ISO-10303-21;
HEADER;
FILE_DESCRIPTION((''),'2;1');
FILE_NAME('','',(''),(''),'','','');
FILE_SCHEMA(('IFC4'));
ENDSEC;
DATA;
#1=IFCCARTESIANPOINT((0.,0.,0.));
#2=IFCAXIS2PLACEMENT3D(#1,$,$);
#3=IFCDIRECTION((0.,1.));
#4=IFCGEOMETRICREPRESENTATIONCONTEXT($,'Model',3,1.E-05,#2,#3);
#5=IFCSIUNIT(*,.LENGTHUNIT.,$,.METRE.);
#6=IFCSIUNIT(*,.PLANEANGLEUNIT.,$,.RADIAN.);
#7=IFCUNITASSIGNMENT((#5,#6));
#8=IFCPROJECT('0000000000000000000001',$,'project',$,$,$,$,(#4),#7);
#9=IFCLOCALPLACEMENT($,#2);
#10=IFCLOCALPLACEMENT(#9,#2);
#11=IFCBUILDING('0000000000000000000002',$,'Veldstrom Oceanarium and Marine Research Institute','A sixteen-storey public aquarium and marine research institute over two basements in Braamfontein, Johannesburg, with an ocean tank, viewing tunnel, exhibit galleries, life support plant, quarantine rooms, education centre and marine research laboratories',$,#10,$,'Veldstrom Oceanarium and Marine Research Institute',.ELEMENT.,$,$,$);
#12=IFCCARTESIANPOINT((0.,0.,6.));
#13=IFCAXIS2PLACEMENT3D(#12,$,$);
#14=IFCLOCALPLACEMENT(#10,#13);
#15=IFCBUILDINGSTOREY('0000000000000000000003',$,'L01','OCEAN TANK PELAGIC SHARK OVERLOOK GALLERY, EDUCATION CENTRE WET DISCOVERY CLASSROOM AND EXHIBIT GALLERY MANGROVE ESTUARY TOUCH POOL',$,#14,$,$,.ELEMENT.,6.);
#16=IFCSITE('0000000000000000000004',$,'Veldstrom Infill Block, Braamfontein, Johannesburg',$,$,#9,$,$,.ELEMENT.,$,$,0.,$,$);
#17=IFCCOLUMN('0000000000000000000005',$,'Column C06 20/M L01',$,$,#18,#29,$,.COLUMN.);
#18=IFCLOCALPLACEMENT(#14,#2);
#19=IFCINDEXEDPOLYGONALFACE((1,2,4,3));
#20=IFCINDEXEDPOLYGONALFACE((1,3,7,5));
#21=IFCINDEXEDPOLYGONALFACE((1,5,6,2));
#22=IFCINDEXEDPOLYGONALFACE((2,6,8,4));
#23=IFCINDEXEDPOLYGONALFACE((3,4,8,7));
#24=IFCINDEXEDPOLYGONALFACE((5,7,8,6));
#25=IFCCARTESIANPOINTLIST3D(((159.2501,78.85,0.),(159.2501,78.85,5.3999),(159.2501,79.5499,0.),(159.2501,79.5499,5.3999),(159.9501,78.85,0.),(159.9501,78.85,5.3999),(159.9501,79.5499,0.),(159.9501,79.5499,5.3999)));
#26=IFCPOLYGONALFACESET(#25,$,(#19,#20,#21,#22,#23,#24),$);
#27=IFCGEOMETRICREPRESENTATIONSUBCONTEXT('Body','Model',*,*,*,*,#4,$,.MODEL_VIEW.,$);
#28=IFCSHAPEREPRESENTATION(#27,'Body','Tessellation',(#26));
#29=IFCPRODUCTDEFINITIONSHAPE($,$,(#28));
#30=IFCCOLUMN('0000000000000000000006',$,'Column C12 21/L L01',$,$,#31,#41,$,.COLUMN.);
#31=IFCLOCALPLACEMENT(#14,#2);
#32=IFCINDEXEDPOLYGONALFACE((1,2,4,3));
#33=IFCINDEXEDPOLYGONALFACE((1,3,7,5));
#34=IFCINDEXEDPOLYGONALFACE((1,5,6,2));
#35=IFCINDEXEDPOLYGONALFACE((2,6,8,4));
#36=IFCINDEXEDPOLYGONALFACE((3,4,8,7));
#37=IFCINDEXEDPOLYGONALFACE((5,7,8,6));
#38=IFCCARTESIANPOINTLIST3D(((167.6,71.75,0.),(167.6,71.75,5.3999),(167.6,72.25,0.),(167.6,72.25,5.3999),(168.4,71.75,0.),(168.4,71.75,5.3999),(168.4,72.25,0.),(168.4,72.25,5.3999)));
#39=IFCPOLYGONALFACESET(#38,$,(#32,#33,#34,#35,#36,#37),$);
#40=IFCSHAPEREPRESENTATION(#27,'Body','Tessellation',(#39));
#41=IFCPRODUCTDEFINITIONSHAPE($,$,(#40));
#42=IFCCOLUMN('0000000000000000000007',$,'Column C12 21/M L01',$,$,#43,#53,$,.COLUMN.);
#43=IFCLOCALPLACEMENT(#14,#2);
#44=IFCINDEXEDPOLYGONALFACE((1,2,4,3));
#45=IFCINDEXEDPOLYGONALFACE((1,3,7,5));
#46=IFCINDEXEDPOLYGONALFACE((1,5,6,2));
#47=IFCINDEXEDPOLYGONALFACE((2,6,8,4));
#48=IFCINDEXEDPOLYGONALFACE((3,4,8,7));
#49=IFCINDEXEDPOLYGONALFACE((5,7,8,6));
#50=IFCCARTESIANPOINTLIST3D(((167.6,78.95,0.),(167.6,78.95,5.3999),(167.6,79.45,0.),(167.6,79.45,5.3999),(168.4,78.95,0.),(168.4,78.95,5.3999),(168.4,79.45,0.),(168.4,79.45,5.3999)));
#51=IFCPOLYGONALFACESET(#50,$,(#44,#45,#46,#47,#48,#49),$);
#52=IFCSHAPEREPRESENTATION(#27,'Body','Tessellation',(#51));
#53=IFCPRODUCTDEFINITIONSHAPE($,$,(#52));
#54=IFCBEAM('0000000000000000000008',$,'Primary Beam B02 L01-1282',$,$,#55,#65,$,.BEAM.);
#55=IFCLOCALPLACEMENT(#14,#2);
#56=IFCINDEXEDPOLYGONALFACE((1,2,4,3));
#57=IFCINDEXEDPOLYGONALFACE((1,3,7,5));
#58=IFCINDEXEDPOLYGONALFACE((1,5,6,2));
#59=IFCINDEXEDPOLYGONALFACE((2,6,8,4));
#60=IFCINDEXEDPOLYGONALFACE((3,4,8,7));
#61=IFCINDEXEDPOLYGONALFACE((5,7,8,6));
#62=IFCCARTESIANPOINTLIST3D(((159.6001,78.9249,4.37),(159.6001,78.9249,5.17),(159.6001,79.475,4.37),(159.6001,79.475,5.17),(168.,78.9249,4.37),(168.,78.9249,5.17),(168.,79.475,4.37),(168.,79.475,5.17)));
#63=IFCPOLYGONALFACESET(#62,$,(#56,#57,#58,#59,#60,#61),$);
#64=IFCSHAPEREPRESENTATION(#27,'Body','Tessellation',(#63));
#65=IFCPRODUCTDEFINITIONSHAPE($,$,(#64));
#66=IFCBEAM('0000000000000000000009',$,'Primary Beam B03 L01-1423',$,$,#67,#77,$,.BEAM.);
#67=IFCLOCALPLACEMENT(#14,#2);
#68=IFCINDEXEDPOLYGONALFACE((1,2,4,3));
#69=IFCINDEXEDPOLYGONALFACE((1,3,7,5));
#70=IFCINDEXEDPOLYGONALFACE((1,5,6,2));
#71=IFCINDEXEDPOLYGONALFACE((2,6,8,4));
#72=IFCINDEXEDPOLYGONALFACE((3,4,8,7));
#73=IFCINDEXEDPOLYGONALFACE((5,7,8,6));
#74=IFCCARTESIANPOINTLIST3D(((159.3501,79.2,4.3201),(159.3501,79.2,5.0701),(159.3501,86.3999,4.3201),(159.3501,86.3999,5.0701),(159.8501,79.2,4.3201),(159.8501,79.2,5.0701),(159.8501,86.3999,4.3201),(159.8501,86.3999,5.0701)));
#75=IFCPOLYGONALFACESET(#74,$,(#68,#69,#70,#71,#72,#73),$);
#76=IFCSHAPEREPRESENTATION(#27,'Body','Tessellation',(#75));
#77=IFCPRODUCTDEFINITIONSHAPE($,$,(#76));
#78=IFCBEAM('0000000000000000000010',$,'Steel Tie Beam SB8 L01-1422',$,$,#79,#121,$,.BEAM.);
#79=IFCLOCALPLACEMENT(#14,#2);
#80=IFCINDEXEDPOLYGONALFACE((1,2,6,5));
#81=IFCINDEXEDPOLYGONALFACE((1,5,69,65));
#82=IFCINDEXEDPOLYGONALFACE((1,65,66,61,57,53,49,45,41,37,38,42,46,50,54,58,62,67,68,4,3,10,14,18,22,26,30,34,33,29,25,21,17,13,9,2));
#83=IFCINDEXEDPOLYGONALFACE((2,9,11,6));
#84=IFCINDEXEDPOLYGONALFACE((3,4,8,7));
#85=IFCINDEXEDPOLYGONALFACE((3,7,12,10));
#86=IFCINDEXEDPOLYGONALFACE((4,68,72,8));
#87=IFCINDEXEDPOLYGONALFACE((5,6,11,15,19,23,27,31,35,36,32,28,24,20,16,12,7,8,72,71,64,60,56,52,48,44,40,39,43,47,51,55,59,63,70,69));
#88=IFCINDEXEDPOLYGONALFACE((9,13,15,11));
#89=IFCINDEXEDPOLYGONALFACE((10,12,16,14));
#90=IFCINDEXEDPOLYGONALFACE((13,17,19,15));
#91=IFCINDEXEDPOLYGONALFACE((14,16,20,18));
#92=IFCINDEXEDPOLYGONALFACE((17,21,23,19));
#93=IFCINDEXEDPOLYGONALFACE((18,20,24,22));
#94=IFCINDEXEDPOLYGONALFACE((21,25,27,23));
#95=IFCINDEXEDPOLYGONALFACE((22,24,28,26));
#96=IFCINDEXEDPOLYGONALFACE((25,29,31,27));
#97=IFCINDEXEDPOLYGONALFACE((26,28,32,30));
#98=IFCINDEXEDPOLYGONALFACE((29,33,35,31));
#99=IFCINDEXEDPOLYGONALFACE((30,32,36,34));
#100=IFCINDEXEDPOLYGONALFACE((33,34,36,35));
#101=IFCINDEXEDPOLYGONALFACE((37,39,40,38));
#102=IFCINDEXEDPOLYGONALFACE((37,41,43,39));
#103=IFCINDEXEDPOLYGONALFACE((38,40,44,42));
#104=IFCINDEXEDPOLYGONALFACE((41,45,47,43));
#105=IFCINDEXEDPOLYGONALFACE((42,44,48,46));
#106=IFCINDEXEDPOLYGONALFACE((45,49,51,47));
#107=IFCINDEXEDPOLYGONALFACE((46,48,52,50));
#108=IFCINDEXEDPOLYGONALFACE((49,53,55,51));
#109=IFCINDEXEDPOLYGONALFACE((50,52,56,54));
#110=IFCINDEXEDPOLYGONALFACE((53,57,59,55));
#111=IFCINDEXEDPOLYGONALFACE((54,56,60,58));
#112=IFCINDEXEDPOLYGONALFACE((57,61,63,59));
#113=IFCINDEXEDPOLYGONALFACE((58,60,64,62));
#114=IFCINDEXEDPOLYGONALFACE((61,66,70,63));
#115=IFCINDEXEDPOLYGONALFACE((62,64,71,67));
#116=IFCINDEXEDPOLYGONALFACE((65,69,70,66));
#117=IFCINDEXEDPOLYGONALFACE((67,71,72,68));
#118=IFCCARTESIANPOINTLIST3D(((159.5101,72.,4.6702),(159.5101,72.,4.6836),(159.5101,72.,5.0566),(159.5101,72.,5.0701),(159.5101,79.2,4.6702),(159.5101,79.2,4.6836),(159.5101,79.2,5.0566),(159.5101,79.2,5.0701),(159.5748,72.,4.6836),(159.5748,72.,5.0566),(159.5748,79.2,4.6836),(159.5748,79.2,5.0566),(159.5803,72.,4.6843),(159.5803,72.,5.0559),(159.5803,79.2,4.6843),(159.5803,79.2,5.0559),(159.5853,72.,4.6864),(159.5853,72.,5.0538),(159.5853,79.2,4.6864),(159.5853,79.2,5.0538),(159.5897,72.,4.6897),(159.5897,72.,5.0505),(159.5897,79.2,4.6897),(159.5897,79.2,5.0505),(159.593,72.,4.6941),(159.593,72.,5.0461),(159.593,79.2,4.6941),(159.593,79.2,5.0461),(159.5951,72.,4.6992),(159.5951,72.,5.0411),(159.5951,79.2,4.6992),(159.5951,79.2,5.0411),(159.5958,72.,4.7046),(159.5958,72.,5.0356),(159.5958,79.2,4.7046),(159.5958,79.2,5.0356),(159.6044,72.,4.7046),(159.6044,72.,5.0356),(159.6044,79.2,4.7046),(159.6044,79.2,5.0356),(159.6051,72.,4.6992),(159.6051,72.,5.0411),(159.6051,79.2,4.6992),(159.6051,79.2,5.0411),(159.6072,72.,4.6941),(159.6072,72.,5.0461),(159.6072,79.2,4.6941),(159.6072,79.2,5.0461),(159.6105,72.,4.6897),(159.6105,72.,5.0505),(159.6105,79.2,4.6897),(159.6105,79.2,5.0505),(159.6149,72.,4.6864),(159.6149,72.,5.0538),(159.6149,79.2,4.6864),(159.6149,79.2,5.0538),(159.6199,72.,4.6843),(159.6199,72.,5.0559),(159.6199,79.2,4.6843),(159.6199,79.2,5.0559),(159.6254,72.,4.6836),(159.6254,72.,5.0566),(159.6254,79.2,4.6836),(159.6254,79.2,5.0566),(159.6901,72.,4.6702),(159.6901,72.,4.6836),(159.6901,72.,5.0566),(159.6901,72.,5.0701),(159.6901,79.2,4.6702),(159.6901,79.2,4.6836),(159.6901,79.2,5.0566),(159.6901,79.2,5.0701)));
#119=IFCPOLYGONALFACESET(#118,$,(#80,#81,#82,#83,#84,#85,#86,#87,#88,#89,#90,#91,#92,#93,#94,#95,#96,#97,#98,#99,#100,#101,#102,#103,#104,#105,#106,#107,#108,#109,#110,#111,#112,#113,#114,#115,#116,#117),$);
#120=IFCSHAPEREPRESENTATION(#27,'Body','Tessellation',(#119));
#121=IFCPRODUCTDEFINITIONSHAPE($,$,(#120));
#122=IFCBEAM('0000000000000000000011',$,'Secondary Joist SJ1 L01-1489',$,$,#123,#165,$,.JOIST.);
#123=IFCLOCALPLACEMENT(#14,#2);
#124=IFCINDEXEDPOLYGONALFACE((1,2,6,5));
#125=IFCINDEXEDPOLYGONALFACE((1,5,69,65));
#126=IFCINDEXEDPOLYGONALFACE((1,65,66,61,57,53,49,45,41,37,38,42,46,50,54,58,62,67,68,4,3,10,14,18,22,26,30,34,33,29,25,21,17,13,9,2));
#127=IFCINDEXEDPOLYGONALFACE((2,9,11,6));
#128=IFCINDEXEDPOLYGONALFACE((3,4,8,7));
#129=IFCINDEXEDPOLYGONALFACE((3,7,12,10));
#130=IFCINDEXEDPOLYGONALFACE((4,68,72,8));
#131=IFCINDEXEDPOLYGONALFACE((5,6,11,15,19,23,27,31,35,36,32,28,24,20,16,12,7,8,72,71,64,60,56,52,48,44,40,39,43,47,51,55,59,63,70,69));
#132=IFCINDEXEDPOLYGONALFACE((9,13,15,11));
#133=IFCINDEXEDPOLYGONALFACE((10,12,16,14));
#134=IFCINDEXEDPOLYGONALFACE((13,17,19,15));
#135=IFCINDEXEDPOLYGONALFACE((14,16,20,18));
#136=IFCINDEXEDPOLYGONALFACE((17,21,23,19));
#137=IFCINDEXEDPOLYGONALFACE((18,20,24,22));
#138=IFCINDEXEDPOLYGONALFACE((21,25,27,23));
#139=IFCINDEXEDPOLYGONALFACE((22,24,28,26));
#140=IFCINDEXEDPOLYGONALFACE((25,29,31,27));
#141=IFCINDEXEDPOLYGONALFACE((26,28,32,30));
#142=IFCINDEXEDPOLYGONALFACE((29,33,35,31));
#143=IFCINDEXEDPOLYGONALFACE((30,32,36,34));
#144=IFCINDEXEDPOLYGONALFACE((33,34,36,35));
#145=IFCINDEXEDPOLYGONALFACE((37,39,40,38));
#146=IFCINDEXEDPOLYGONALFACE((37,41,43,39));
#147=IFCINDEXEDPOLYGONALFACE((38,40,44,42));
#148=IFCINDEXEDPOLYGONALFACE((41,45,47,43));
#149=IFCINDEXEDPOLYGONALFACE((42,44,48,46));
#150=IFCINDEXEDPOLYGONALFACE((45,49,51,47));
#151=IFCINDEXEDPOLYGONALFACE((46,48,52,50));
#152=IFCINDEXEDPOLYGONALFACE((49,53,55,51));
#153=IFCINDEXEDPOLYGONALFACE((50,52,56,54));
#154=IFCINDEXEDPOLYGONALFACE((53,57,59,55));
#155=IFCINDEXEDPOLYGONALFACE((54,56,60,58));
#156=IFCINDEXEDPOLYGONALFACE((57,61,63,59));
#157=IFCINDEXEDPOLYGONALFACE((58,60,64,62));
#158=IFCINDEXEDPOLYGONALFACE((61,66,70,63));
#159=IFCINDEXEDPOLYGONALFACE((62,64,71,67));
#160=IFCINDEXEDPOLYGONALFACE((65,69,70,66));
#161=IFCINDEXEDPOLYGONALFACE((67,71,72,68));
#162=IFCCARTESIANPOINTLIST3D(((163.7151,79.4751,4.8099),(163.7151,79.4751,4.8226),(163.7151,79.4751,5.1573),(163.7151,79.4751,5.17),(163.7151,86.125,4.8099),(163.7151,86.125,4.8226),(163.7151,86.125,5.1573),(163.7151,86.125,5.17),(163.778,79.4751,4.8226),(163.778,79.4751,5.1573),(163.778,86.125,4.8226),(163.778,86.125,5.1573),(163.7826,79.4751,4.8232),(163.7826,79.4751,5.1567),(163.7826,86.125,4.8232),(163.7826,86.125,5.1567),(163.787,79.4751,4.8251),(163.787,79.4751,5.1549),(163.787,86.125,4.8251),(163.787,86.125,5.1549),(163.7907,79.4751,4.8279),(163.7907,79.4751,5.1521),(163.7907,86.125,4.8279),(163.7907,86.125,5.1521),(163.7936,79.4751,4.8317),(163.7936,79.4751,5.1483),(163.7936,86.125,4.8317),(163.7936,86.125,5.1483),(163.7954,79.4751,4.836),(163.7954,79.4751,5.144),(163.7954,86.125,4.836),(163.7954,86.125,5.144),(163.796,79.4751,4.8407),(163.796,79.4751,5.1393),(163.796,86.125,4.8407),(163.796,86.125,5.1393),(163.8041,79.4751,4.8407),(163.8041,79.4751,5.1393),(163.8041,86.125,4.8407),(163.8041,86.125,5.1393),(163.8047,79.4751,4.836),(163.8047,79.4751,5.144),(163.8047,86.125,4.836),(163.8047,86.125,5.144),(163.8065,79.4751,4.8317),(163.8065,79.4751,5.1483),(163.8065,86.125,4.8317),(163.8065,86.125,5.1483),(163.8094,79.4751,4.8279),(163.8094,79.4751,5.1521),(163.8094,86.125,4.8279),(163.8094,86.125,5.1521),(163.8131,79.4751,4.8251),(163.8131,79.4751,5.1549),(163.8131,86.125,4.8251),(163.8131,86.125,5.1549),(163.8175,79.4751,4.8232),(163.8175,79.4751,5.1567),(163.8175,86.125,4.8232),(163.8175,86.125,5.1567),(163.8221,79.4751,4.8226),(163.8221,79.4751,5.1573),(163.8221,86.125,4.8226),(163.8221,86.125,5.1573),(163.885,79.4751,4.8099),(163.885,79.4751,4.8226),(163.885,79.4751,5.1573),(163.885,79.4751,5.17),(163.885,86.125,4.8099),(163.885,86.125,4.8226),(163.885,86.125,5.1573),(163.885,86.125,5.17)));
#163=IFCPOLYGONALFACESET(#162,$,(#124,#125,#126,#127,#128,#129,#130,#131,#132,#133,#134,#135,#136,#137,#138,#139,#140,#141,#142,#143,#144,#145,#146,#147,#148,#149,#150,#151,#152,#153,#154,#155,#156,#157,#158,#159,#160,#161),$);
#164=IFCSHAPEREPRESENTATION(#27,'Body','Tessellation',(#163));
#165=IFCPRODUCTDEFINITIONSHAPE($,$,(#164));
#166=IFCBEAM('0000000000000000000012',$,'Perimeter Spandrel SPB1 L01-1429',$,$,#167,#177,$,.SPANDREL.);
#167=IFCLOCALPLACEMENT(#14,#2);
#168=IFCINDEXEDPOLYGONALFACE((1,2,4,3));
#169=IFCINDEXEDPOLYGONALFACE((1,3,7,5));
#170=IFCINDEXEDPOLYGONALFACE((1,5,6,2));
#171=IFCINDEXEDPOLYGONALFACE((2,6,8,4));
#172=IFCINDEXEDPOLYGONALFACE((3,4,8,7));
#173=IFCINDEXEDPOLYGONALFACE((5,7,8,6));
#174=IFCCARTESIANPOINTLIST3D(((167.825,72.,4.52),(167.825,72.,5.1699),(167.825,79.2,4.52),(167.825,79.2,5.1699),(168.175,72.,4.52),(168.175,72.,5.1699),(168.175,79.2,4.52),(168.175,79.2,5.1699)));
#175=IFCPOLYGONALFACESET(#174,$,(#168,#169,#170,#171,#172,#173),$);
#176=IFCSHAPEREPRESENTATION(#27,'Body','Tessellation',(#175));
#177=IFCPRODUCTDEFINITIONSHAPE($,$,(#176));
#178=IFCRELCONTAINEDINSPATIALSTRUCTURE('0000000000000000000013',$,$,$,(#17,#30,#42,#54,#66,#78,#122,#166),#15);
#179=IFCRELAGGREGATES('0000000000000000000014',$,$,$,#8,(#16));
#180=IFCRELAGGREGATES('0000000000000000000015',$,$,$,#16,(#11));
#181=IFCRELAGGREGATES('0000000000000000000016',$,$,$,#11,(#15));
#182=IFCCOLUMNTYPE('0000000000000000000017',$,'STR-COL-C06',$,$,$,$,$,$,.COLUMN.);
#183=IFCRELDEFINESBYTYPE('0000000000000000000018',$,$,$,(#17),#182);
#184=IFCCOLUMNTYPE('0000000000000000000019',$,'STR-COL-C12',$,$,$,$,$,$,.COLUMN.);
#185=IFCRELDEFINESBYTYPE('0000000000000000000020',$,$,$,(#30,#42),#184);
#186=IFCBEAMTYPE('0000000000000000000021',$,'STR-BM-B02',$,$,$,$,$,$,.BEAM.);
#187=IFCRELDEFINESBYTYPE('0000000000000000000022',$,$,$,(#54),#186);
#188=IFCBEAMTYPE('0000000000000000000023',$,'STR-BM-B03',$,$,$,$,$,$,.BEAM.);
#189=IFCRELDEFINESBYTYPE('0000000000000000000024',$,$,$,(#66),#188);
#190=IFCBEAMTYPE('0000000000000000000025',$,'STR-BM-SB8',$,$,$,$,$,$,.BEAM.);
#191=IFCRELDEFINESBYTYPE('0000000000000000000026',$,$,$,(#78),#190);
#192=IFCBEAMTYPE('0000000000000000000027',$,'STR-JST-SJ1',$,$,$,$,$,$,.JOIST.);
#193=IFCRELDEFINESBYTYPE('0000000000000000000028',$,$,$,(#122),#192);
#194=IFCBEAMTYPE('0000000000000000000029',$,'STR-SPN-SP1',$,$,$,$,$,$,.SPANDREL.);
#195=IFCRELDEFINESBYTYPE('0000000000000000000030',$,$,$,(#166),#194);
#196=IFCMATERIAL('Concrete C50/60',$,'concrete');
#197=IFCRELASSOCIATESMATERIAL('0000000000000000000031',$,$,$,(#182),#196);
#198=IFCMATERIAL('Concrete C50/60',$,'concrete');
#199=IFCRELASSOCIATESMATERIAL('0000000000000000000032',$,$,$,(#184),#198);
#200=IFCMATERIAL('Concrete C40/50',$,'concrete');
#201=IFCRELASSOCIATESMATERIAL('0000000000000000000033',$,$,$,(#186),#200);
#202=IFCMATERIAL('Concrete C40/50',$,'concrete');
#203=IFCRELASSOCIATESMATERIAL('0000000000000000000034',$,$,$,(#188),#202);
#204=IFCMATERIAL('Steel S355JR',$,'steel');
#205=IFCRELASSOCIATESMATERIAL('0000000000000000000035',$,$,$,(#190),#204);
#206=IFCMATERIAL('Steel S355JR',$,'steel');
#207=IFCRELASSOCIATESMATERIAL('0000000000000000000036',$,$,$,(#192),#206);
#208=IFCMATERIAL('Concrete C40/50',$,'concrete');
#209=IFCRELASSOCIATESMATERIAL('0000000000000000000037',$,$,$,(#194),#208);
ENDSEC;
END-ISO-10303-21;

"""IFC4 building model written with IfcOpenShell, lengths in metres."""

from ifc_helpers import new_model, si_unit, direction, frame, origin, origin_2d, place, context, subcontext, project, spatial, rectangle, i_section, extrude, material, material_profile, profile_set, type_object, element, save


model = new_model("IFC4")

# Units and contexts
model_context = context("Model", 3, precision=1e-05, world=origin(), true_north=direction((0.0, 1.0)))
body_context = subcontext(model_context, "Body", "Model", "MODEL_VIEW")
ifc_project = project(units=[si_unit("LENGTHUNIT", "METRE"), si_unit("PLANEANGLEUNIT", "RADIAN")], contexts=[model_context])

# Site, building, storey
site_placement = place(None, origin())
site = spatial("IfcSite", under=ifc_project, at=site_placement, Name="Veldstrom Infill Block, Braamfontein, Johannesburg", CompositionType="ELEMENT", RefElevation=0.0)
building_placement = place(site_placement, origin())
building = spatial("IfcBuilding", under=site, at=building_placement, Name="Veldstrom Oceanarium and Marine Research Institute", Description="A sixteen-storey public aquarium and marine research institute over two basements in Braamfontein, Johannesburg, with an ocean tank, viewing tunnel, exhibit galleries, life support plant, quarantine rooms, education centre and marine research laboratories", LongName="Veldstrom Oceanarium and Marine Research Institute", CompositionType="ELEMENT")
storey_placement = place(building_placement, frame((0.0, 0.0, 6.0)))
storey = spatial("IfcBuildingStorey", under=building, at=storey_placement, Name="L01", Description="OCEAN TANK PELAGIC SHARK OVERLOOK GALLERY, EDUCATION CENTRE WET DISCOVERY CLASSROOM AND EXHIBIT GALLERY MANGROVE ESTUARY TOUCH POOL", CompositionType="ELEMENT", Elevation=6.0)

# Columns
ifc_material_1 = material(Name="Concrete C50/60", Category="concrete")
ifc_material_profile_1 = material_profile(ifc_material_1, rectangle(XDim=0.7, YDim=0.7, at=origin_2d()), Name="RC-COL-700x700")
ifc_profile_set_1 = profile_set([ifc_material_profile_1], Name="Concrete C50/60")
column_type_1 = type_object("IfcColumnType", Name="STR-COL-C06", PredefinedType="COLUMN", material=ifc_profile_set_1)
column_placement = place(storey_placement, frame((159.6001, 79.2, 0.0), z_axis=(0.0, 0.0, 1.0), x_axis=(1.0, 0.0, 0.0)))
element("IfcColumn", 1, at=column_placement, inside=storey, type_object=column_type_1, Name="Column C06 20/M L01", PredefinedType="COLUMN", context=body_context, shape_type="SweptSolid", body=[
    extrude(rectangle(XDim=0.7, YDim=0.7, at=origin_2d()), origin(), (0.0, 0.0, 1.0), 5.3999),
])
ifc_material_2 = material(Name="Concrete C50/60", Category="concrete")
ifc_material_profile_2 = material_profile(ifc_material_2, rectangle(XDim=0.5, YDim=0.8, at=origin_2d()), Name="RC-COL-800x500")
ifc_profile_set_2 = profile_set([ifc_material_profile_2], Name="Concrete C50/60")
column_type_2 = type_object("IfcColumnType", Name="STR-COL-C12", PredefinedType="COLUMN", material=ifc_profile_set_2)
for number, where, z_axis, x_axis, name in (
    (2, (168.0, 72.0, 0.0), (0.0, 0.0, 1.0), (0.0, 1.0, 0.0), "Column C12 21/L L01"),
    (3, (168.0, 79.2, 0.0), (0.0, 0.0, 1.0), (0.0, 1.0, 0.0), "Column C12 21/M L01"),
):
    element("IfcColumn", number, at=place(storey_placement, frame(where, z_axis=z_axis, x_axis=x_axis)), inside=storey, type_object=column_type_2, Name=name, PredefinedType="COLUMN", context=body_context, shape_type="SweptSolid", body=[
        extrude(rectangle(XDim=0.5, YDim=0.8, at=origin_2d()), origin(), (0.0, 0.0, 1.0), 5.3999),
    ])

# Beams
ifc_material_3 = material(Name="Concrete C40/50", Category="concrete")
ifc_material_profile_3 = material_profile(ifc_material_3, rectangle(XDim=0.55, YDim=0.8, at=origin_2d()), Name="RC-BM-550x800")
ifc_profile_set_3 = profile_set([ifc_material_profile_3], Name="Concrete C40/50")
beam_type_1 = type_object("IfcBeamType", Name="STR-BM-B02", PredefinedType="BEAM", material=ifc_profile_set_3)
beam_1_placement = place(storey_placement, frame((159.6001, 79.2, 4.77), z_axis=(1.0, 0.0, 0.0), x_axis=(0.0, 1.0, 0.0)))
element("IfcBeam", 4, at=beam_1_placement, inside=storey, type_object=beam_type_1, Name="Primary Beam B02 L01-1282", PredefinedType="BEAM", context=body_context, shape_type="SweptSolid", body=[
    extrude(rectangle(XDim=0.55, YDim=0.8, at=origin_2d()), origin(), (0.0, 0.0, 1.0), 8.3999),
])
ifc_material_4 = material(Name="Concrete C40/50", Category="concrete")
ifc_material_profile_4 = material_profile(ifc_material_4, rectangle(XDim=0.5, YDim=0.75, at=origin_2d()), Name="RC-BM-500x750")
ifc_profile_set_4 = profile_set([ifc_material_profile_4], Name="Concrete C40/50")
beam_type_2 = type_object("IfcBeamType", Name="STR-BM-B03", PredefinedType="BEAM", material=ifc_profile_set_4)
beam_2_placement = place(storey_placement, frame((159.6001, 79.2, 4.6951), z_axis=(0.0, 1.0, 0.0), x_axis=(-1.0, 0.0, 0.0)))
element("IfcBeam", 5, at=beam_2_placement, inside=storey, type_object=beam_type_2, Name="Primary Beam B03 L01-1423", PredefinedType="BEAM", context=body_context, shape_type="SweptSolid", body=[
    extrude(rectangle(XDim=0.5, YDim=0.75, at=origin_2d()), origin(), (0.0, 0.0, 1.0), 7.2),
])
ifc_material_5 = material(Name="Steel S355JR", Category="steel")
ifc_material_profile_5 = material_profile(ifc_material_5, i_section(OverallWidth=0.1799, OverallDepth=0.3999, WebThickness=0.0085, FlangeThickness=0.0134, FilletRadius=0.021, at=origin_2d()), Name="IPE 400")
ifc_profile_set_5 = profile_set([ifc_material_profile_5], Name="Steel S355JR")
beam_type_3 = type_object("IfcBeamType", Name="STR-BM-SB8", PredefinedType="BEAM", material=ifc_profile_set_5)
beam_3_placement = place(storey_placement, frame((159.6001, 72.0, 4.8701), z_axis=(0.0, 1.0, 0.0), x_axis=(-1.0, 0.0, 0.0)))
element("IfcBeam", 6, at=beam_3_placement, inside=storey, type_object=beam_type_3, Name="Steel Tie Beam SB8 L01-1422", PredefinedType="BEAM", context=body_context, shape_type="SweptSolid", body=[
    extrude(i_section(OverallWidth=0.1799, OverallDepth=0.3999, WebThickness=0.0085, FlangeThickness=0.0134, FilletRadius=0.021, at=origin_2d()), origin(), (0.0, 0.0, 1.0), 7.2),
])
ifc_material_6 = material(Name="Steel S355JR", Category="steel")
ifc_material_profile_6 = material_profile(ifc_material_6, i_section(OverallWidth=0.1699, OverallDepth=0.3601, WebThickness=0.0081, FlangeThickness=0.0127, FilletRadius=0.0181, at=origin_2d()), Name="IPE 360")
ifc_profile_set_6 = profile_set([ifc_material_profile_6], Name="Steel S355JR")
beam_type_4 = type_object("IfcBeamType", Name="STR-JST-SJ1", PredefinedType="JOIST", material=ifc_profile_set_6)
beam_4_placement = place(storey_placement, frame((163.8, 79.4751, 4.99), z_axis=(0.0, 1.0, 0.0), x_axis=(-1.0, 0.0, 0.0)))
element("IfcBeam", 7, at=beam_4_placement, inside=storey, type_object=beam_type_4, Name="Secondary Joist SJ1 L01-1489", PredefinedType="JOIST", context=body_context, shape_type="SweptSolid", body=[
    extrude(i_section(OverallWidth=0.1699, OverallDepth=0.3601, WebThickness=0.0081, FlangeThickness=0.0127, FilletRadius=0.0181, at=origin_2d()), origin(), (0.0, 0.0, 1.0), 6.6499),
])
ifc_material_7 = material(Name="Concrete C40/50", Category="concrete")
ifc_material_profile_7 = material_profile(ifc_material_7, rectangle(XDim=0.3501, YDim=0.6499, at=origin_2d()), Name="RC-SPN-350x650")
ifc_profile_set_7 = profile_set([ifc_material_profile_7], Name="Concrete C40/50")
beam_type_5 = type_object("IfcBeamType", Name="STR-SPN-SP1", PredefinedType="SPANDREL", material=ifc_profile_set_7)
for number, where, z_axis, x_axis, name in (
    (8, (168.0, 72.0, 4.845), (0.0, 1.0, 0.0), (-1.0, 0.0, 0.0), "Perimeter Spandrel SPB1 L01-1429"),
):
    element("IfcBeam", number, at=place(storey_placement, frame(where, z_axis=z_axis, x_axis=x_axis)), inside=storey, type_object=beam_type_5, Name=name, PredefinedType="SPANDREL", context=body_context, shape_type="SweptSolid", body=[
        extrude(rectangle(XDim=0.3501, YDim=0.6499, at=origin_2d()), origin(), (0.0, 0.0, 1.0), 7.2),
    ])

save(model, "model.ifc")
